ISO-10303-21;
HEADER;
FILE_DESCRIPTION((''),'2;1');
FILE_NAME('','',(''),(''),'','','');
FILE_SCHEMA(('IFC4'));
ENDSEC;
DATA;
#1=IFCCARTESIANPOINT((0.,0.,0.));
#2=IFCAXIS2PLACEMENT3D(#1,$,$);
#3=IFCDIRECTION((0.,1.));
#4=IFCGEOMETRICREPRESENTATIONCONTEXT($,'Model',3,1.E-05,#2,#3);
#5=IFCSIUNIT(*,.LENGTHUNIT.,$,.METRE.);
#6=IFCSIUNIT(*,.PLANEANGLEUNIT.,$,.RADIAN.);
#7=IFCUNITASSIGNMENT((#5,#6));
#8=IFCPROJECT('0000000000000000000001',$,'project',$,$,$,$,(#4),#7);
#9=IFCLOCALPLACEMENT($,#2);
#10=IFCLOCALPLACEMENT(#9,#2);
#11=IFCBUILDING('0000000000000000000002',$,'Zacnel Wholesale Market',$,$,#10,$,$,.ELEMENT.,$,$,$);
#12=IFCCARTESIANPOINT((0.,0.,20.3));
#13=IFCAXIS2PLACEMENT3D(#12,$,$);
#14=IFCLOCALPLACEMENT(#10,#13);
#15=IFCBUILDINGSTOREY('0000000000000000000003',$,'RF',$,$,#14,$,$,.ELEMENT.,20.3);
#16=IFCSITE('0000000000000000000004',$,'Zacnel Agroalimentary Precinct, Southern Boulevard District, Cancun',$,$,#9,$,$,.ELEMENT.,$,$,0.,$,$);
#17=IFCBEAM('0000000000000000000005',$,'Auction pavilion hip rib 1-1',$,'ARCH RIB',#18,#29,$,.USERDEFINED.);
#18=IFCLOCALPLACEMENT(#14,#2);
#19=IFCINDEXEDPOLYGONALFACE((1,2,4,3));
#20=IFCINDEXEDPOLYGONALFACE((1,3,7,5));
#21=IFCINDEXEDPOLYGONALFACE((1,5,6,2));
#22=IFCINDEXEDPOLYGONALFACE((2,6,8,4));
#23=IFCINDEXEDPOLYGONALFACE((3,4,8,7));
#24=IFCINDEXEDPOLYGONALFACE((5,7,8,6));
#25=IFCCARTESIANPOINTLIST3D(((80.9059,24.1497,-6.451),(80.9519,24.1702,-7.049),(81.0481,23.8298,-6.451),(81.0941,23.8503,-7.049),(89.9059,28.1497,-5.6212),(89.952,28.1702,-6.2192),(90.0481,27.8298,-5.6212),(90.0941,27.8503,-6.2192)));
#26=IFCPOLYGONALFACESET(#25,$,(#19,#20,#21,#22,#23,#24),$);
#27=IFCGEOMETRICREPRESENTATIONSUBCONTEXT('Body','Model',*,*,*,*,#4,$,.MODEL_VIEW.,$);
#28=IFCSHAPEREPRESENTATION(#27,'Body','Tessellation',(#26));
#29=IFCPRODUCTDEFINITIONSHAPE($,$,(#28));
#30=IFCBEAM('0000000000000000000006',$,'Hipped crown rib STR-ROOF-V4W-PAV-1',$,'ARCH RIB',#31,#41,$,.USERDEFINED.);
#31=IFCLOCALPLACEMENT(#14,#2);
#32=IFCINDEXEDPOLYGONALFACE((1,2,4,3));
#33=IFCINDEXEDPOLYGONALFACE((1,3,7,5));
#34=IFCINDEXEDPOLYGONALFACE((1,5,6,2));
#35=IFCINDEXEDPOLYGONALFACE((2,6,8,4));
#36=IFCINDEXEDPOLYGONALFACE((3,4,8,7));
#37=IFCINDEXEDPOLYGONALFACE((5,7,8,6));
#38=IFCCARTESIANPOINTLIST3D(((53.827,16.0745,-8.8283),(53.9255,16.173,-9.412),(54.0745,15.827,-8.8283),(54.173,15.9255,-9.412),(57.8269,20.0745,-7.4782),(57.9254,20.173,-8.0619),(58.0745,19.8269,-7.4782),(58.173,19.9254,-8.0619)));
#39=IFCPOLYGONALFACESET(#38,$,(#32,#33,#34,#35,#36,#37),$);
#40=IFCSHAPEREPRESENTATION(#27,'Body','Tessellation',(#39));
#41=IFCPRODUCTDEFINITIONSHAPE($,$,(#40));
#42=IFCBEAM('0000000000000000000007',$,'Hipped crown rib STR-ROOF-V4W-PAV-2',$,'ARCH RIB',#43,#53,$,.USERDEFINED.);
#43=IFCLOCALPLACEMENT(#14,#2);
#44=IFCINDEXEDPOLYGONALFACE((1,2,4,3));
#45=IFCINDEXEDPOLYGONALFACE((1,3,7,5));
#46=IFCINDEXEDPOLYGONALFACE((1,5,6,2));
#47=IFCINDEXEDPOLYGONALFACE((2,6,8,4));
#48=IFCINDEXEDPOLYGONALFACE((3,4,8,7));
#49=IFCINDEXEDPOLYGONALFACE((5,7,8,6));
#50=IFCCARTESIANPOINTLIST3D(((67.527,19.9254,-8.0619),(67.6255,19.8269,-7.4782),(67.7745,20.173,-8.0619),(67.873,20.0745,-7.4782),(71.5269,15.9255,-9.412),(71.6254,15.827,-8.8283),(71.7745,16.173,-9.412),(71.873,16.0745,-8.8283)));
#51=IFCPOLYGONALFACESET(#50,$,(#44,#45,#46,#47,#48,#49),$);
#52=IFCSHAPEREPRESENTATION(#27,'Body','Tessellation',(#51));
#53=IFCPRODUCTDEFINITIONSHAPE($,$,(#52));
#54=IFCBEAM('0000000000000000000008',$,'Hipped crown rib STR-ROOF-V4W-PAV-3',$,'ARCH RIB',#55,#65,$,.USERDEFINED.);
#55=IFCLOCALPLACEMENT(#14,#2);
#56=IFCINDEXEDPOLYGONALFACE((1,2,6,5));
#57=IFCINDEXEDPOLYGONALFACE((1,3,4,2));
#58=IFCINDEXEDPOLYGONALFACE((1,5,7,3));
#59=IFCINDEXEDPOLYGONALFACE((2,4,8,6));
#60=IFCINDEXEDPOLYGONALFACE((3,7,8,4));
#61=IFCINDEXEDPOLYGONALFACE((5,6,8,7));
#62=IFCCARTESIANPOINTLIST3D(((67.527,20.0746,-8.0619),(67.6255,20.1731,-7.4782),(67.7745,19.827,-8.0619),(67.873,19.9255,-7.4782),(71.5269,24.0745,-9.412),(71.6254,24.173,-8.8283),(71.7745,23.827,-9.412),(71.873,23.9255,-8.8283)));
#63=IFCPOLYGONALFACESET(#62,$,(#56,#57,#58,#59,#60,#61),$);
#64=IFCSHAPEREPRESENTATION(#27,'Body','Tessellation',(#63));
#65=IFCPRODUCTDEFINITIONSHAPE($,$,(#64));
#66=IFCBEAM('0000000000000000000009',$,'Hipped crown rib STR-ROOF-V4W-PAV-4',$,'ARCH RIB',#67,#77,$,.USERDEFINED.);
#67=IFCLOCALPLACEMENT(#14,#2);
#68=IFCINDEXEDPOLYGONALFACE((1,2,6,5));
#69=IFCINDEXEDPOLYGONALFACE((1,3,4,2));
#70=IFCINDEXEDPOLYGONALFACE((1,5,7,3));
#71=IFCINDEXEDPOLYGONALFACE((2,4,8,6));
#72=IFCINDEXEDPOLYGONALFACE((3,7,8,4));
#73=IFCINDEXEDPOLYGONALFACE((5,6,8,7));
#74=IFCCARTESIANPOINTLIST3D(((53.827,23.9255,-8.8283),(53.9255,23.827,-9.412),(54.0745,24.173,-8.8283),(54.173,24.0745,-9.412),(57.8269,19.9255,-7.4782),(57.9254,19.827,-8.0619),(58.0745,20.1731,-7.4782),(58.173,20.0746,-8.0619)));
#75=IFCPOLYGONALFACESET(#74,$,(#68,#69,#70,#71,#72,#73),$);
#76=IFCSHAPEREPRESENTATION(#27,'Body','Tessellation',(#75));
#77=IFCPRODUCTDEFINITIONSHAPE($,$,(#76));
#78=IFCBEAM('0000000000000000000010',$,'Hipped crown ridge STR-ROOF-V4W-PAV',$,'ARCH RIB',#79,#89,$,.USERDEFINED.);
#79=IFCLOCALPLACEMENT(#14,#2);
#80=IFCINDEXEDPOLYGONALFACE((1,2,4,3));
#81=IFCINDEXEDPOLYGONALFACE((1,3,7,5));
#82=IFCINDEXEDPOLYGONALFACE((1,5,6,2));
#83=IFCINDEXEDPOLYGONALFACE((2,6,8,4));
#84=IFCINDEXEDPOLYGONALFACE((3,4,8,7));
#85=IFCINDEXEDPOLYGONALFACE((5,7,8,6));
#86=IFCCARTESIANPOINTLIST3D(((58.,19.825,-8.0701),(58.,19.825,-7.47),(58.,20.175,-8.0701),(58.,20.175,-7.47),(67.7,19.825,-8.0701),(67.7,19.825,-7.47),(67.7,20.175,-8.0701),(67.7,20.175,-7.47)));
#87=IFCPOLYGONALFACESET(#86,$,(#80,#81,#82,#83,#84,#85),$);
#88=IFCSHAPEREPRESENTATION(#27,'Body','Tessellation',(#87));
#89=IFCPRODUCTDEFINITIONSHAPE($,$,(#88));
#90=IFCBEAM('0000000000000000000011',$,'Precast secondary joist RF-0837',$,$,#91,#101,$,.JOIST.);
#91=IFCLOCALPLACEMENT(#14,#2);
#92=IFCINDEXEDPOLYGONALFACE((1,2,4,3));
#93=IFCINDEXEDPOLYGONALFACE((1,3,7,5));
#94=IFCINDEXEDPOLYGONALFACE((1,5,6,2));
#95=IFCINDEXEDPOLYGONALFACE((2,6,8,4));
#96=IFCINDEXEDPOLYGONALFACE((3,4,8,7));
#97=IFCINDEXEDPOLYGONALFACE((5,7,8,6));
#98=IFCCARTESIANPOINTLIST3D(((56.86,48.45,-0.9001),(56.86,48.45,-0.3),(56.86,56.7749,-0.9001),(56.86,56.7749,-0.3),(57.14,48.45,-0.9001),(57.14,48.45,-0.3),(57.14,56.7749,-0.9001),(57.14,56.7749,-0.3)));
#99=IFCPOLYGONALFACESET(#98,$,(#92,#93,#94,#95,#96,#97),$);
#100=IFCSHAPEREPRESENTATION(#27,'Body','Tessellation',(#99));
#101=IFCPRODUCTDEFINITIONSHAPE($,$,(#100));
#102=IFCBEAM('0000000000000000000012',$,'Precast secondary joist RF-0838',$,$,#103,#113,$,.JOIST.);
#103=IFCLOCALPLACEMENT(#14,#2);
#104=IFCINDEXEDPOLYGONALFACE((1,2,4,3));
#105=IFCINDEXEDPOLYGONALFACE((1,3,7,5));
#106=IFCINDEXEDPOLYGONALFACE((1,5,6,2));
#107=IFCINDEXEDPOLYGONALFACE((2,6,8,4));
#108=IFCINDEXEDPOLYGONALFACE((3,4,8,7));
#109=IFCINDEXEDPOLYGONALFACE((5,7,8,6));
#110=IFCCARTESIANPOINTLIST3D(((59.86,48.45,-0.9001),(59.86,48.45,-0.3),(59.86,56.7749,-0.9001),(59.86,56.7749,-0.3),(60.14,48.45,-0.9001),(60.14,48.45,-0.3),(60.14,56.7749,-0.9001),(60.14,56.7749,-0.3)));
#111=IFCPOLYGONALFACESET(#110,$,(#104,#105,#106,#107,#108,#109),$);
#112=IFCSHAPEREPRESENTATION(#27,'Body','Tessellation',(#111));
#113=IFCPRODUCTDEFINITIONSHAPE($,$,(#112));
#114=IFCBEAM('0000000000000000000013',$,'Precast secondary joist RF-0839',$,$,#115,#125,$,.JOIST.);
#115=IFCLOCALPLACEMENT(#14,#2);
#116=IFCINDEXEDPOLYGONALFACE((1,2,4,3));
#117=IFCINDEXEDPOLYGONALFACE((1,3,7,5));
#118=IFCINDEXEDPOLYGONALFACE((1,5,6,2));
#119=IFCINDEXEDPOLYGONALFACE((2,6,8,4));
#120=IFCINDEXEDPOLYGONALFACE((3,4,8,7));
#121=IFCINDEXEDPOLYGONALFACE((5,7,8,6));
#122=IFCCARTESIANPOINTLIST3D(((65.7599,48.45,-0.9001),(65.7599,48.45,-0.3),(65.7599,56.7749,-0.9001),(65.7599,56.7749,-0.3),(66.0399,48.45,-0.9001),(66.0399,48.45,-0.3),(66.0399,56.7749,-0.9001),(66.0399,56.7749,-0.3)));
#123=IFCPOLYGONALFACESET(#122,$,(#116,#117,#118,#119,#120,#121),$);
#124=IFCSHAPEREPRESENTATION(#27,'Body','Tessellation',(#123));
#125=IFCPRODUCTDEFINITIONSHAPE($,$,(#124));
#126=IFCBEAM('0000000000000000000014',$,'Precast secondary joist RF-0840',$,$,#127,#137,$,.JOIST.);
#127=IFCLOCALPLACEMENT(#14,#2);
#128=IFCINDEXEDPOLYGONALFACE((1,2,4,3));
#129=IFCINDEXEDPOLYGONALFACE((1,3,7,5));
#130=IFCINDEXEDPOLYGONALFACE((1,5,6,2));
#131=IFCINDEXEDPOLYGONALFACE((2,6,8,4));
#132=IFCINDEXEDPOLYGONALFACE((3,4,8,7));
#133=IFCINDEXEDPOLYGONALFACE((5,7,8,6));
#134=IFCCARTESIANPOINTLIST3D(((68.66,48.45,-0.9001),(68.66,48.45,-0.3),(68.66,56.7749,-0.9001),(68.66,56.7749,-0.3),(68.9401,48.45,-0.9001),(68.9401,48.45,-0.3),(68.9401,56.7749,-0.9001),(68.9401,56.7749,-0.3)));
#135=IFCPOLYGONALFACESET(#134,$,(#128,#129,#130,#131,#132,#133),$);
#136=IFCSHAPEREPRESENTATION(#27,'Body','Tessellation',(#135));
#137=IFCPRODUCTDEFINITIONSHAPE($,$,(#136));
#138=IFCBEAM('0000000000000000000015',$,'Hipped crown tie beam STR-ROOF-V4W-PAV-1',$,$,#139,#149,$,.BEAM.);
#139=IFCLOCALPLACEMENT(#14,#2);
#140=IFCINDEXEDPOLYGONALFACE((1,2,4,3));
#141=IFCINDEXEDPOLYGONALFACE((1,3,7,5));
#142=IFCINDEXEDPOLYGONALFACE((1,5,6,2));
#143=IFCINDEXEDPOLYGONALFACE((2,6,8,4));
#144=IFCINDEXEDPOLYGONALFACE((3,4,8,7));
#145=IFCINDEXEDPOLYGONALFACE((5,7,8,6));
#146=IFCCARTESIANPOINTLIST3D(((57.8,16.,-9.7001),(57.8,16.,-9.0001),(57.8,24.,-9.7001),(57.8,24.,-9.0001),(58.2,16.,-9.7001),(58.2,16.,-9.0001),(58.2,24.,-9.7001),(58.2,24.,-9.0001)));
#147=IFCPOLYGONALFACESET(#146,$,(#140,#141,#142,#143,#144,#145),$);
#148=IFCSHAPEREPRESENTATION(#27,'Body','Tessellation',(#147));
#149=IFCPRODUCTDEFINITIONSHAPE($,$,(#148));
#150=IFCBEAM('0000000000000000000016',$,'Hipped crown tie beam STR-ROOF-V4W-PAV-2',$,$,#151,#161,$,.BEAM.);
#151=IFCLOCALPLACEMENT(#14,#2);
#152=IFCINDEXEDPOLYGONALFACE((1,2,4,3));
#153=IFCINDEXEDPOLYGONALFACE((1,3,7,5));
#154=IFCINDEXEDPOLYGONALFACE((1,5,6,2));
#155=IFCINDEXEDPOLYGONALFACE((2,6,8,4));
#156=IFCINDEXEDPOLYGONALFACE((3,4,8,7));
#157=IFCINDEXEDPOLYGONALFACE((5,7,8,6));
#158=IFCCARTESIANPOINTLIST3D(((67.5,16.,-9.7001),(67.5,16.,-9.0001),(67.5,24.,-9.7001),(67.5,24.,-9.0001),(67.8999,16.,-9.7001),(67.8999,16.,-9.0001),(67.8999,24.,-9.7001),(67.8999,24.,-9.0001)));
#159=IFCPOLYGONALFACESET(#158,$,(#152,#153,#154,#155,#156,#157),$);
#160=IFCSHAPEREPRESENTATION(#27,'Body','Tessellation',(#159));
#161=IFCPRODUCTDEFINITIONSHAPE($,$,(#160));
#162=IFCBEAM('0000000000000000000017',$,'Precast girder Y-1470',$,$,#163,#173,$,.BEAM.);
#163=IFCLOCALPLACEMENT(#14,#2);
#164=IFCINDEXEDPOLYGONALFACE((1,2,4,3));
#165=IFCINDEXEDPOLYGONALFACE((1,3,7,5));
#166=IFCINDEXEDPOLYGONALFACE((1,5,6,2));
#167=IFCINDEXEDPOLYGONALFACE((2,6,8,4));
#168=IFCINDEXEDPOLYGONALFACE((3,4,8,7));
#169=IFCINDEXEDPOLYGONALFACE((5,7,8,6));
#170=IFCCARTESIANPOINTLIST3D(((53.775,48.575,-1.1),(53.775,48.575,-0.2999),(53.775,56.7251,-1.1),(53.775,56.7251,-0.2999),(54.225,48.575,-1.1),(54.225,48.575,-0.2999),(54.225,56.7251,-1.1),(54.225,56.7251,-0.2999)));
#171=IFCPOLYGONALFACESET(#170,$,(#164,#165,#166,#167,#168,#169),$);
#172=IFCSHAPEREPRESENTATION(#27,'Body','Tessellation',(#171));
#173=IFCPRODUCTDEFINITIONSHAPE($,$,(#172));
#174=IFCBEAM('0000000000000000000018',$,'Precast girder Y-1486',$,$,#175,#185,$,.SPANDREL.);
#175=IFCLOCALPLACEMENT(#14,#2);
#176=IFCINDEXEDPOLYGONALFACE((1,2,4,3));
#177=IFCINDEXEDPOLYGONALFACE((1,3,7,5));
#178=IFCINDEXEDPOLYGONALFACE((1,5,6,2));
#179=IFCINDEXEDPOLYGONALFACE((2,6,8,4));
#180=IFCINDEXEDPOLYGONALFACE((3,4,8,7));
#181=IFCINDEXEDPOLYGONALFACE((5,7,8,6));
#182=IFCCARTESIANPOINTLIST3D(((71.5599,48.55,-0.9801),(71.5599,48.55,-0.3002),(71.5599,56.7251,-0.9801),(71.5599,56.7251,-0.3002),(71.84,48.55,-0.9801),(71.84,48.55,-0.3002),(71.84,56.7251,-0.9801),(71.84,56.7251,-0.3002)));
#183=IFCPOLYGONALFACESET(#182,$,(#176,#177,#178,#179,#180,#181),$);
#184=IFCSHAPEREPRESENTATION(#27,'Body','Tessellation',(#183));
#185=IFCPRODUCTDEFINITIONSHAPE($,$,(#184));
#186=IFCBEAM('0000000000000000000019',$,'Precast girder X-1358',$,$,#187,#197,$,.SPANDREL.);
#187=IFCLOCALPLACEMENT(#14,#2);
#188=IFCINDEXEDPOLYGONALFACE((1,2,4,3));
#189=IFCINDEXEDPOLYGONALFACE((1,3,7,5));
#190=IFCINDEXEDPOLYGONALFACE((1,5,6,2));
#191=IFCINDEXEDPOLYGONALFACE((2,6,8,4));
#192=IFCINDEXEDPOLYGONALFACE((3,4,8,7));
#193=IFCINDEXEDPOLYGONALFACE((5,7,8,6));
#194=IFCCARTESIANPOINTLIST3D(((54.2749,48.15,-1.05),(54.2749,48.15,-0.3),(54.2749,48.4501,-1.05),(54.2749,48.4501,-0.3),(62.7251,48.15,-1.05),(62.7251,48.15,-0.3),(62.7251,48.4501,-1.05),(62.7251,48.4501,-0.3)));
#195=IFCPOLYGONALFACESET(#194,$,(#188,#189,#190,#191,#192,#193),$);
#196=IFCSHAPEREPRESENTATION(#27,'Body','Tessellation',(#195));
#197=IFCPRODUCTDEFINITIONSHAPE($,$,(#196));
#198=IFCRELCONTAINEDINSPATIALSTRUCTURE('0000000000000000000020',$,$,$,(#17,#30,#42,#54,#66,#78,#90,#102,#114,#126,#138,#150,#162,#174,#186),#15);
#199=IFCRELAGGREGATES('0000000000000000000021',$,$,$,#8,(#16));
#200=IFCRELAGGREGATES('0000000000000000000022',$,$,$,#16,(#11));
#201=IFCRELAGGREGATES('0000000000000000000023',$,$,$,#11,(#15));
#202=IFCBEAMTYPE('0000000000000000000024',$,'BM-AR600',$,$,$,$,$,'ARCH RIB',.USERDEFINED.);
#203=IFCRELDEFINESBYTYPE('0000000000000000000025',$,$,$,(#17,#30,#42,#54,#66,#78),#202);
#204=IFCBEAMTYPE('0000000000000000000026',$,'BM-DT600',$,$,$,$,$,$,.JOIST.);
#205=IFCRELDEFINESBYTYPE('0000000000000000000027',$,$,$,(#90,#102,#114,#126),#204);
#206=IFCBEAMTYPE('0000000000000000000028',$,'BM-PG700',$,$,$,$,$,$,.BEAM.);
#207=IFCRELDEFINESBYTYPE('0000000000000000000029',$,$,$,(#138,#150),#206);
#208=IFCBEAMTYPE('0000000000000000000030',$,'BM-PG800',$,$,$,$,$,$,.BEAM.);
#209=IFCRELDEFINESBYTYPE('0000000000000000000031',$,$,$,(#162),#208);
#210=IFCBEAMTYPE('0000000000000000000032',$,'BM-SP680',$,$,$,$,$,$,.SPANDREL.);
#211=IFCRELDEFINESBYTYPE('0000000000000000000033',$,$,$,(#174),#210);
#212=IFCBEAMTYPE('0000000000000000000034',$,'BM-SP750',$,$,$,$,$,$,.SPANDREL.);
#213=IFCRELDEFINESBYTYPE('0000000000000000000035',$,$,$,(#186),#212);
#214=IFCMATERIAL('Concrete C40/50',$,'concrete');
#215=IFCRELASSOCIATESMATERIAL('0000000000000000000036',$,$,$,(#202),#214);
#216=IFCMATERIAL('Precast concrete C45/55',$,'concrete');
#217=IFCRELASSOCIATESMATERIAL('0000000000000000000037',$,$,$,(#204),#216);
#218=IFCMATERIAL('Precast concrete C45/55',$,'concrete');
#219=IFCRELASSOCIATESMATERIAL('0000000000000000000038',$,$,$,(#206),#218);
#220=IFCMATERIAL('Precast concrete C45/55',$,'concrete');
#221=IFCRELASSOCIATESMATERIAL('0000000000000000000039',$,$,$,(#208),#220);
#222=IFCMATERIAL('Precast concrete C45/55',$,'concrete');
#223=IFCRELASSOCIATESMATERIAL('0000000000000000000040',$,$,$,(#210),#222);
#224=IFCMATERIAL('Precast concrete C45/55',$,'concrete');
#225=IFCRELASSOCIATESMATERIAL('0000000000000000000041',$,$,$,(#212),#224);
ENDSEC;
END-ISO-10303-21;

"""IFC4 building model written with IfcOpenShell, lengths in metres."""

from ifc_helpers import new_model, si_unit, direction, frame, origin, origin_2d, place, context, subcontext, project, spatial, rectangle, extrude, material, material_profile, profile_set, type_object, element, save


model = new_model("IFC4")

# Units and contexts
model_context = context("Model", 3, precision=1e-05, world=origin(), true_north=direction((0.0, 1.0)))
body_context = subcontext(model_context, "Body", "Model", "MODEL_VIEW")
ifc_project = project(units=[si_unit("LENGTHUNIT", "METRE"), si_unit("PLANEANGLEUNIT", "RADIAN")], contexts=[model_context])

# Site, building, storey
site_placement = place(None, origin())
site = spatial("IfcSite", under=ifc_project, at=site_placement, Name="Zacnel Agroalimentary Precinct, Southern Boulevard District, Cancun", CompositionType="ELEMENT", RefElevation=0.0)
building_placement = place(site_placement, origin())
building = spatial("IfcBuilding", under=site, at=building_placement, Name="Zacnel Wholesale Market", CompositionType="ELEMENT")
storey_placement = place(building_placement, frame((0.0, 0.0, 20.3)))
storey = spatial("IfcBuildingStorey", under=building, at=storey_placement, Name="RF", CompositionType="ELEMENT", Elevation=20.3)

# Beams
ifc_material_1 = material(Name="Concrete C40/50", Category="concrete")
ifc_material_profile_1 = material_profile(ifc_material_1, rectangle(XDim=0.3501, YDim=0.6001, at=origin_2d()), Name="ARCH RIB 350x600")
ifc_profile_set_1 = profile_set([ifc_material_profile_1], Name="Concrete C40/50")
beam_type_1 = type_object("IfcBeamType", Name="BM-AR600", ElementType="ARCH RIB", PredefinedType="USERDEFINED", material=ifc_profile_set_1)
beam_1_placement = place(storey_placement, frame((81.0, 24.0, -6.75), z_axis=(0.910585, 0.404704, 0.083959), x_axis=(-0.406138, 0.913812, 0.0)))
element("IfcBeam", 1, at=beam_1_placement, inside=storey, type_object=beam_type_1, Name="Auction pavilion hip rib 1-1", ObjectType="ARCH RIB", PredefinedType="USERDEFINED", context=body_context, shape_type="SweptSolid", body=[
    extrude(rectangle(XDim=0.3501, YDim=0.6001, at=origin_2d()), origin(), (0.0, 0.0, 1.0), 9.8838),
])
for number, where, z_axis, x_axis, name in (
    (2, (54.0, 16.0, -9.1201), (0.687789, 0.687789, 0.232146), (-0.707107, 0.707107, 0.0), "Hipped crown rib STR-ROOF-V4W-PAV-1"),
    (3, (71.7, 16.0, -9.1201), (-0.687789, 0.687789, 0.232146), (-0.707107, -0.707107, 0.0), "Hipped crown rib STR-ROOF-V4W-PAV-2"),
    (4, (71.7, 24.0, -9.1201), (-0.687789, -0.687789, 0.232146), (0.707107, -0.707107, 0.0), "Hipped crown rib STR-ROOF-V4W-PAV-3"),
    (5, (54.0, 24.0, -9.1201), (0.687789, -0.687789, 0.232146), (0.707107, 0.707107, 0.0), "Hipped crown rib STR-ROOF-V4W-PAV-4"),
):
    element("IfcBeam", number, at=place(storey_placement, frame(where, z_axis=z_axis, x_axis=x_axis)), inside=storey, type_object=beam_type_1, Name=name, ObjectType="ARCH RIB", PredefinedType="USERDEFINED", context=body_context, shape_type="SweptSolid", body=[
        extrude(rectangle(XDim=0.3501, YDim=0.6001, at=origin_2d()), origin(), (0.0, 0.0, 1.0), 5.8157),
    ])
beam_2_placement = place(storey_placement, frame((58.0, 20.0, -7.77), z_axis=(1.0, 0.0, 0.0), x_axis=(0.0, 1.0, 0.0)))
element("IfcBeam", 6, at=beam_2_placement, inside=storey, type_object=beam_type_1, Name="Hipped crown ridge STR-ROOF-V4W-PAV", ObjectType="ARCH RIB", PredefinedType="USERDEFINED", context=body_context, shape_type="SweptSolid", body=[
    extrude(rectangle(XDim=0.3501, YDim=0.6001, at=origin_2d()), origin(), (0.0, 0.0, 1.0), 9.7),
])
ifc_material_2 = material(Name="Precast concrete C45/55", Category="concrete")
ifc_material_profile_2 = material_profile(ifc_material_2, rectangle(XDim=0.28, YDim=0.6001, at=origin_2d()), Name="DT RIB 280x600")
ifc_profile_set_2 = profile_set([ifc_material_profile_2], Name="Precast concrete C45/55")
beam_type_2 = type_object("IfcBeamType", Name="BM-DT600", PredefinedType="JOIST", material=ifc_profile_set_2)
for number, where, z_axis, x_axis, name in (
    (7, (57.0, 48.45, -0.6001), (0.0, 1.0, 0.0), (-1.0, 0.0, 0.0), "Precast secondary joist RF-0837"),
    (8, (60.0, 48.45, -0.6001), (0.0, 1.0, 0.0), (-1.0, 0.0, 0.0), "Precast secondary joist RF-0838"),
    (9, (65.8999, 48.45, -0.6001), (0.0, 1.0, 0.0), (-1.0, 0.0, 0.0), "Precast secondary joist RF-0839"),
    (10, (68.8, 48.45, -0.6001), (0.0, 1.0, 0.0), (-1.0, 0.0, 0.0), "Precast secondary joist RF-0840"),
):
    element("IfcBeam", number, at=place(storey_placement, frame(where, z_axis=z_axis, x_axis=x_axis)), inside=storey, type_object=beam_type_2, Name=name, PredefinedType="JOIST", context=body_context, shape_type="SweptSolid", body=[
        extrude(rectangle(XDim=0.28, YDim=0.6001, at=origin_2d()), origin(), (0.0, 0.0, 1.0), 8.325),
    ])
ifc_material_3 = material(Name="Precast concrete C45/55", Category="concrete")
ifc_material_profile_3 = material_profile(ifc_material_3, rectangle(XDim=0.3999, YDim=0.7, at=origin_2d()), Name="PG 400x700")
ifc_profile_set_3 = profile_set([ifc_material_profile_3], Name="Precast concrete C45/55")
beam_type_3 = type_object("IfcBeamType", Name="BM-PG700", PredefinedType="BEAM", material=ifc_profile_set_3)
for number, where, z_axis, x_axis, name in (
    (11, (58.0, 16.0, -9.3501), (0.0, 1.0, 0.0), (-1.0, 0.0, 0.0), "Hipped crown tie beam STR-ROOF-V4W-PAV-1"),
    (12, (67.7, 16.0, -9.3501), (0.0, 1.0, 0.0), (-1.0, 0.0, 0.0), "Hipped crown tie beam STR-ROOF-V4W-PAV-2"),
):
    element("IfcBeam", number, at=place(storey_placement, frame(where, z_axis=z_axis, x_axis=x_axis)), inside=storey, type_object=beam_type_3, Name=name, PredefinedType="BEAM", context=body_context, shape_type="SweptSolid", body=[
        extrude(rectangle(XDim=0.3999, YDim=0.7, at=origin_2d()), origin(), (0.0, 0.0, 1.0), 8.0),
    ])
ifc_material_4 = material(Name="Precast concrete C45/55", Category="concrete")
ifc_material_profile_4 = material_profile(ifc_material_4, rectangle(XDim=0.45, YDim=0.8, at=origin_2d()), Name="PG 450x800")
ifc_profile_set_4 = profile_set([ifc_material_profile_4], Name="Precast concrete C45/55")
beam_type_4 = type_object("IfcBeamType", Name="BM-PG800", PredefinedType="BEAM", material=ifc_profile_set_4)
beam_3_placement = place(storey_placement, frame((54.0, 48.575, -0.7), z_axis=(0.0, 1.0, 0.0), x_axis=(-1.0, 0.0, 0.0)))
element("IfcBeam", 13, at=beam_3_placement, inside=storey, type_object=beam_type_4, Name="Precast girder Y-1470", PredefinedType="BEAM", context=body_context, shape_type="SweptSolid", body=[
    extrude(rectangle(XDim=0.45, YDim=0.8, at=origin_2d()), origin(), (0.0, 0.0, 1.0), 8.1501),
])
ifc_material_5 = material(Name="Precast concrete C45/55", Category="concrete")
ifc_material_profile_5 = material_profile(ifc_material_5, rectangle(XDim=0.28, YDim=0.6799, at=origin_2d()), Name="SP 280x680")
ifc_profile_set_5 = profile_set([ifc_material_profile_5], Name="Precast concrete C45/55")
beam_type_5 = type_object("IfcBeamType", Name="BM-SP680", PredefinedType="SPANDREL", material=ifc_profile_set_5)
beam_4_placement = place(storey_placement, frame((71.7, 48.55, -0.6401), z_axis=(0.0, 1.0, 0.0), x_axis=(-1.0, 0.0, 0.0)))
element("IfcBeam", 14, at=beam_4_placement, inside=storey, type_object=beam_type_5, Name="Precast girder Y-1486", PredefinedType="SPANDREL", context=body_context, shape_type="SweptSolid", body=[
    extrude(rectangle(XDim=0.28, YDim=0.6799, at=origin_2d()), origin(), (0.0, 0.0, 1.0), 8.175),
])
ifc_material_6 = material(Name="Precast concrete C45/55", Category="concrete")
ifc_material_profile_6 = material_profile(ifc_material_6, rectangle(XDim=0.3, YDim=0.75, at=origin_2d()), Name="SP 300x750")
ifc_profile_set_6 = profile_set([ifc_material_profile_6], Name="Precast concrete C45/55")
beam_type_6 = type_object("IfcBeamType", Name="BM-SP750", PredefinedType="SPANDREL", material=ifc_profile_set_6)
beam_5_placement = place(storey_placement, frame((54.2749, 48.3, -0.675), z_axis=(1.0, 0.0, 0.0), x_axis=(0.0, 1.0, 0.0)))
element("IfcBeam", 15, at=beam_5_placement, inside=storey, type_object=beam_type_6, Name="Precast girder X-1358", PredefinedType="SPANDREL", context=body_context, shape_type="SweptSolid", body=[
    extrude(rectangle(XDim=0.3, YDim=0.75, at=origin_2d()), origin(), (0.0, 0.0, 1.0), 8.4502),
])

save(model, "model.ifc")
